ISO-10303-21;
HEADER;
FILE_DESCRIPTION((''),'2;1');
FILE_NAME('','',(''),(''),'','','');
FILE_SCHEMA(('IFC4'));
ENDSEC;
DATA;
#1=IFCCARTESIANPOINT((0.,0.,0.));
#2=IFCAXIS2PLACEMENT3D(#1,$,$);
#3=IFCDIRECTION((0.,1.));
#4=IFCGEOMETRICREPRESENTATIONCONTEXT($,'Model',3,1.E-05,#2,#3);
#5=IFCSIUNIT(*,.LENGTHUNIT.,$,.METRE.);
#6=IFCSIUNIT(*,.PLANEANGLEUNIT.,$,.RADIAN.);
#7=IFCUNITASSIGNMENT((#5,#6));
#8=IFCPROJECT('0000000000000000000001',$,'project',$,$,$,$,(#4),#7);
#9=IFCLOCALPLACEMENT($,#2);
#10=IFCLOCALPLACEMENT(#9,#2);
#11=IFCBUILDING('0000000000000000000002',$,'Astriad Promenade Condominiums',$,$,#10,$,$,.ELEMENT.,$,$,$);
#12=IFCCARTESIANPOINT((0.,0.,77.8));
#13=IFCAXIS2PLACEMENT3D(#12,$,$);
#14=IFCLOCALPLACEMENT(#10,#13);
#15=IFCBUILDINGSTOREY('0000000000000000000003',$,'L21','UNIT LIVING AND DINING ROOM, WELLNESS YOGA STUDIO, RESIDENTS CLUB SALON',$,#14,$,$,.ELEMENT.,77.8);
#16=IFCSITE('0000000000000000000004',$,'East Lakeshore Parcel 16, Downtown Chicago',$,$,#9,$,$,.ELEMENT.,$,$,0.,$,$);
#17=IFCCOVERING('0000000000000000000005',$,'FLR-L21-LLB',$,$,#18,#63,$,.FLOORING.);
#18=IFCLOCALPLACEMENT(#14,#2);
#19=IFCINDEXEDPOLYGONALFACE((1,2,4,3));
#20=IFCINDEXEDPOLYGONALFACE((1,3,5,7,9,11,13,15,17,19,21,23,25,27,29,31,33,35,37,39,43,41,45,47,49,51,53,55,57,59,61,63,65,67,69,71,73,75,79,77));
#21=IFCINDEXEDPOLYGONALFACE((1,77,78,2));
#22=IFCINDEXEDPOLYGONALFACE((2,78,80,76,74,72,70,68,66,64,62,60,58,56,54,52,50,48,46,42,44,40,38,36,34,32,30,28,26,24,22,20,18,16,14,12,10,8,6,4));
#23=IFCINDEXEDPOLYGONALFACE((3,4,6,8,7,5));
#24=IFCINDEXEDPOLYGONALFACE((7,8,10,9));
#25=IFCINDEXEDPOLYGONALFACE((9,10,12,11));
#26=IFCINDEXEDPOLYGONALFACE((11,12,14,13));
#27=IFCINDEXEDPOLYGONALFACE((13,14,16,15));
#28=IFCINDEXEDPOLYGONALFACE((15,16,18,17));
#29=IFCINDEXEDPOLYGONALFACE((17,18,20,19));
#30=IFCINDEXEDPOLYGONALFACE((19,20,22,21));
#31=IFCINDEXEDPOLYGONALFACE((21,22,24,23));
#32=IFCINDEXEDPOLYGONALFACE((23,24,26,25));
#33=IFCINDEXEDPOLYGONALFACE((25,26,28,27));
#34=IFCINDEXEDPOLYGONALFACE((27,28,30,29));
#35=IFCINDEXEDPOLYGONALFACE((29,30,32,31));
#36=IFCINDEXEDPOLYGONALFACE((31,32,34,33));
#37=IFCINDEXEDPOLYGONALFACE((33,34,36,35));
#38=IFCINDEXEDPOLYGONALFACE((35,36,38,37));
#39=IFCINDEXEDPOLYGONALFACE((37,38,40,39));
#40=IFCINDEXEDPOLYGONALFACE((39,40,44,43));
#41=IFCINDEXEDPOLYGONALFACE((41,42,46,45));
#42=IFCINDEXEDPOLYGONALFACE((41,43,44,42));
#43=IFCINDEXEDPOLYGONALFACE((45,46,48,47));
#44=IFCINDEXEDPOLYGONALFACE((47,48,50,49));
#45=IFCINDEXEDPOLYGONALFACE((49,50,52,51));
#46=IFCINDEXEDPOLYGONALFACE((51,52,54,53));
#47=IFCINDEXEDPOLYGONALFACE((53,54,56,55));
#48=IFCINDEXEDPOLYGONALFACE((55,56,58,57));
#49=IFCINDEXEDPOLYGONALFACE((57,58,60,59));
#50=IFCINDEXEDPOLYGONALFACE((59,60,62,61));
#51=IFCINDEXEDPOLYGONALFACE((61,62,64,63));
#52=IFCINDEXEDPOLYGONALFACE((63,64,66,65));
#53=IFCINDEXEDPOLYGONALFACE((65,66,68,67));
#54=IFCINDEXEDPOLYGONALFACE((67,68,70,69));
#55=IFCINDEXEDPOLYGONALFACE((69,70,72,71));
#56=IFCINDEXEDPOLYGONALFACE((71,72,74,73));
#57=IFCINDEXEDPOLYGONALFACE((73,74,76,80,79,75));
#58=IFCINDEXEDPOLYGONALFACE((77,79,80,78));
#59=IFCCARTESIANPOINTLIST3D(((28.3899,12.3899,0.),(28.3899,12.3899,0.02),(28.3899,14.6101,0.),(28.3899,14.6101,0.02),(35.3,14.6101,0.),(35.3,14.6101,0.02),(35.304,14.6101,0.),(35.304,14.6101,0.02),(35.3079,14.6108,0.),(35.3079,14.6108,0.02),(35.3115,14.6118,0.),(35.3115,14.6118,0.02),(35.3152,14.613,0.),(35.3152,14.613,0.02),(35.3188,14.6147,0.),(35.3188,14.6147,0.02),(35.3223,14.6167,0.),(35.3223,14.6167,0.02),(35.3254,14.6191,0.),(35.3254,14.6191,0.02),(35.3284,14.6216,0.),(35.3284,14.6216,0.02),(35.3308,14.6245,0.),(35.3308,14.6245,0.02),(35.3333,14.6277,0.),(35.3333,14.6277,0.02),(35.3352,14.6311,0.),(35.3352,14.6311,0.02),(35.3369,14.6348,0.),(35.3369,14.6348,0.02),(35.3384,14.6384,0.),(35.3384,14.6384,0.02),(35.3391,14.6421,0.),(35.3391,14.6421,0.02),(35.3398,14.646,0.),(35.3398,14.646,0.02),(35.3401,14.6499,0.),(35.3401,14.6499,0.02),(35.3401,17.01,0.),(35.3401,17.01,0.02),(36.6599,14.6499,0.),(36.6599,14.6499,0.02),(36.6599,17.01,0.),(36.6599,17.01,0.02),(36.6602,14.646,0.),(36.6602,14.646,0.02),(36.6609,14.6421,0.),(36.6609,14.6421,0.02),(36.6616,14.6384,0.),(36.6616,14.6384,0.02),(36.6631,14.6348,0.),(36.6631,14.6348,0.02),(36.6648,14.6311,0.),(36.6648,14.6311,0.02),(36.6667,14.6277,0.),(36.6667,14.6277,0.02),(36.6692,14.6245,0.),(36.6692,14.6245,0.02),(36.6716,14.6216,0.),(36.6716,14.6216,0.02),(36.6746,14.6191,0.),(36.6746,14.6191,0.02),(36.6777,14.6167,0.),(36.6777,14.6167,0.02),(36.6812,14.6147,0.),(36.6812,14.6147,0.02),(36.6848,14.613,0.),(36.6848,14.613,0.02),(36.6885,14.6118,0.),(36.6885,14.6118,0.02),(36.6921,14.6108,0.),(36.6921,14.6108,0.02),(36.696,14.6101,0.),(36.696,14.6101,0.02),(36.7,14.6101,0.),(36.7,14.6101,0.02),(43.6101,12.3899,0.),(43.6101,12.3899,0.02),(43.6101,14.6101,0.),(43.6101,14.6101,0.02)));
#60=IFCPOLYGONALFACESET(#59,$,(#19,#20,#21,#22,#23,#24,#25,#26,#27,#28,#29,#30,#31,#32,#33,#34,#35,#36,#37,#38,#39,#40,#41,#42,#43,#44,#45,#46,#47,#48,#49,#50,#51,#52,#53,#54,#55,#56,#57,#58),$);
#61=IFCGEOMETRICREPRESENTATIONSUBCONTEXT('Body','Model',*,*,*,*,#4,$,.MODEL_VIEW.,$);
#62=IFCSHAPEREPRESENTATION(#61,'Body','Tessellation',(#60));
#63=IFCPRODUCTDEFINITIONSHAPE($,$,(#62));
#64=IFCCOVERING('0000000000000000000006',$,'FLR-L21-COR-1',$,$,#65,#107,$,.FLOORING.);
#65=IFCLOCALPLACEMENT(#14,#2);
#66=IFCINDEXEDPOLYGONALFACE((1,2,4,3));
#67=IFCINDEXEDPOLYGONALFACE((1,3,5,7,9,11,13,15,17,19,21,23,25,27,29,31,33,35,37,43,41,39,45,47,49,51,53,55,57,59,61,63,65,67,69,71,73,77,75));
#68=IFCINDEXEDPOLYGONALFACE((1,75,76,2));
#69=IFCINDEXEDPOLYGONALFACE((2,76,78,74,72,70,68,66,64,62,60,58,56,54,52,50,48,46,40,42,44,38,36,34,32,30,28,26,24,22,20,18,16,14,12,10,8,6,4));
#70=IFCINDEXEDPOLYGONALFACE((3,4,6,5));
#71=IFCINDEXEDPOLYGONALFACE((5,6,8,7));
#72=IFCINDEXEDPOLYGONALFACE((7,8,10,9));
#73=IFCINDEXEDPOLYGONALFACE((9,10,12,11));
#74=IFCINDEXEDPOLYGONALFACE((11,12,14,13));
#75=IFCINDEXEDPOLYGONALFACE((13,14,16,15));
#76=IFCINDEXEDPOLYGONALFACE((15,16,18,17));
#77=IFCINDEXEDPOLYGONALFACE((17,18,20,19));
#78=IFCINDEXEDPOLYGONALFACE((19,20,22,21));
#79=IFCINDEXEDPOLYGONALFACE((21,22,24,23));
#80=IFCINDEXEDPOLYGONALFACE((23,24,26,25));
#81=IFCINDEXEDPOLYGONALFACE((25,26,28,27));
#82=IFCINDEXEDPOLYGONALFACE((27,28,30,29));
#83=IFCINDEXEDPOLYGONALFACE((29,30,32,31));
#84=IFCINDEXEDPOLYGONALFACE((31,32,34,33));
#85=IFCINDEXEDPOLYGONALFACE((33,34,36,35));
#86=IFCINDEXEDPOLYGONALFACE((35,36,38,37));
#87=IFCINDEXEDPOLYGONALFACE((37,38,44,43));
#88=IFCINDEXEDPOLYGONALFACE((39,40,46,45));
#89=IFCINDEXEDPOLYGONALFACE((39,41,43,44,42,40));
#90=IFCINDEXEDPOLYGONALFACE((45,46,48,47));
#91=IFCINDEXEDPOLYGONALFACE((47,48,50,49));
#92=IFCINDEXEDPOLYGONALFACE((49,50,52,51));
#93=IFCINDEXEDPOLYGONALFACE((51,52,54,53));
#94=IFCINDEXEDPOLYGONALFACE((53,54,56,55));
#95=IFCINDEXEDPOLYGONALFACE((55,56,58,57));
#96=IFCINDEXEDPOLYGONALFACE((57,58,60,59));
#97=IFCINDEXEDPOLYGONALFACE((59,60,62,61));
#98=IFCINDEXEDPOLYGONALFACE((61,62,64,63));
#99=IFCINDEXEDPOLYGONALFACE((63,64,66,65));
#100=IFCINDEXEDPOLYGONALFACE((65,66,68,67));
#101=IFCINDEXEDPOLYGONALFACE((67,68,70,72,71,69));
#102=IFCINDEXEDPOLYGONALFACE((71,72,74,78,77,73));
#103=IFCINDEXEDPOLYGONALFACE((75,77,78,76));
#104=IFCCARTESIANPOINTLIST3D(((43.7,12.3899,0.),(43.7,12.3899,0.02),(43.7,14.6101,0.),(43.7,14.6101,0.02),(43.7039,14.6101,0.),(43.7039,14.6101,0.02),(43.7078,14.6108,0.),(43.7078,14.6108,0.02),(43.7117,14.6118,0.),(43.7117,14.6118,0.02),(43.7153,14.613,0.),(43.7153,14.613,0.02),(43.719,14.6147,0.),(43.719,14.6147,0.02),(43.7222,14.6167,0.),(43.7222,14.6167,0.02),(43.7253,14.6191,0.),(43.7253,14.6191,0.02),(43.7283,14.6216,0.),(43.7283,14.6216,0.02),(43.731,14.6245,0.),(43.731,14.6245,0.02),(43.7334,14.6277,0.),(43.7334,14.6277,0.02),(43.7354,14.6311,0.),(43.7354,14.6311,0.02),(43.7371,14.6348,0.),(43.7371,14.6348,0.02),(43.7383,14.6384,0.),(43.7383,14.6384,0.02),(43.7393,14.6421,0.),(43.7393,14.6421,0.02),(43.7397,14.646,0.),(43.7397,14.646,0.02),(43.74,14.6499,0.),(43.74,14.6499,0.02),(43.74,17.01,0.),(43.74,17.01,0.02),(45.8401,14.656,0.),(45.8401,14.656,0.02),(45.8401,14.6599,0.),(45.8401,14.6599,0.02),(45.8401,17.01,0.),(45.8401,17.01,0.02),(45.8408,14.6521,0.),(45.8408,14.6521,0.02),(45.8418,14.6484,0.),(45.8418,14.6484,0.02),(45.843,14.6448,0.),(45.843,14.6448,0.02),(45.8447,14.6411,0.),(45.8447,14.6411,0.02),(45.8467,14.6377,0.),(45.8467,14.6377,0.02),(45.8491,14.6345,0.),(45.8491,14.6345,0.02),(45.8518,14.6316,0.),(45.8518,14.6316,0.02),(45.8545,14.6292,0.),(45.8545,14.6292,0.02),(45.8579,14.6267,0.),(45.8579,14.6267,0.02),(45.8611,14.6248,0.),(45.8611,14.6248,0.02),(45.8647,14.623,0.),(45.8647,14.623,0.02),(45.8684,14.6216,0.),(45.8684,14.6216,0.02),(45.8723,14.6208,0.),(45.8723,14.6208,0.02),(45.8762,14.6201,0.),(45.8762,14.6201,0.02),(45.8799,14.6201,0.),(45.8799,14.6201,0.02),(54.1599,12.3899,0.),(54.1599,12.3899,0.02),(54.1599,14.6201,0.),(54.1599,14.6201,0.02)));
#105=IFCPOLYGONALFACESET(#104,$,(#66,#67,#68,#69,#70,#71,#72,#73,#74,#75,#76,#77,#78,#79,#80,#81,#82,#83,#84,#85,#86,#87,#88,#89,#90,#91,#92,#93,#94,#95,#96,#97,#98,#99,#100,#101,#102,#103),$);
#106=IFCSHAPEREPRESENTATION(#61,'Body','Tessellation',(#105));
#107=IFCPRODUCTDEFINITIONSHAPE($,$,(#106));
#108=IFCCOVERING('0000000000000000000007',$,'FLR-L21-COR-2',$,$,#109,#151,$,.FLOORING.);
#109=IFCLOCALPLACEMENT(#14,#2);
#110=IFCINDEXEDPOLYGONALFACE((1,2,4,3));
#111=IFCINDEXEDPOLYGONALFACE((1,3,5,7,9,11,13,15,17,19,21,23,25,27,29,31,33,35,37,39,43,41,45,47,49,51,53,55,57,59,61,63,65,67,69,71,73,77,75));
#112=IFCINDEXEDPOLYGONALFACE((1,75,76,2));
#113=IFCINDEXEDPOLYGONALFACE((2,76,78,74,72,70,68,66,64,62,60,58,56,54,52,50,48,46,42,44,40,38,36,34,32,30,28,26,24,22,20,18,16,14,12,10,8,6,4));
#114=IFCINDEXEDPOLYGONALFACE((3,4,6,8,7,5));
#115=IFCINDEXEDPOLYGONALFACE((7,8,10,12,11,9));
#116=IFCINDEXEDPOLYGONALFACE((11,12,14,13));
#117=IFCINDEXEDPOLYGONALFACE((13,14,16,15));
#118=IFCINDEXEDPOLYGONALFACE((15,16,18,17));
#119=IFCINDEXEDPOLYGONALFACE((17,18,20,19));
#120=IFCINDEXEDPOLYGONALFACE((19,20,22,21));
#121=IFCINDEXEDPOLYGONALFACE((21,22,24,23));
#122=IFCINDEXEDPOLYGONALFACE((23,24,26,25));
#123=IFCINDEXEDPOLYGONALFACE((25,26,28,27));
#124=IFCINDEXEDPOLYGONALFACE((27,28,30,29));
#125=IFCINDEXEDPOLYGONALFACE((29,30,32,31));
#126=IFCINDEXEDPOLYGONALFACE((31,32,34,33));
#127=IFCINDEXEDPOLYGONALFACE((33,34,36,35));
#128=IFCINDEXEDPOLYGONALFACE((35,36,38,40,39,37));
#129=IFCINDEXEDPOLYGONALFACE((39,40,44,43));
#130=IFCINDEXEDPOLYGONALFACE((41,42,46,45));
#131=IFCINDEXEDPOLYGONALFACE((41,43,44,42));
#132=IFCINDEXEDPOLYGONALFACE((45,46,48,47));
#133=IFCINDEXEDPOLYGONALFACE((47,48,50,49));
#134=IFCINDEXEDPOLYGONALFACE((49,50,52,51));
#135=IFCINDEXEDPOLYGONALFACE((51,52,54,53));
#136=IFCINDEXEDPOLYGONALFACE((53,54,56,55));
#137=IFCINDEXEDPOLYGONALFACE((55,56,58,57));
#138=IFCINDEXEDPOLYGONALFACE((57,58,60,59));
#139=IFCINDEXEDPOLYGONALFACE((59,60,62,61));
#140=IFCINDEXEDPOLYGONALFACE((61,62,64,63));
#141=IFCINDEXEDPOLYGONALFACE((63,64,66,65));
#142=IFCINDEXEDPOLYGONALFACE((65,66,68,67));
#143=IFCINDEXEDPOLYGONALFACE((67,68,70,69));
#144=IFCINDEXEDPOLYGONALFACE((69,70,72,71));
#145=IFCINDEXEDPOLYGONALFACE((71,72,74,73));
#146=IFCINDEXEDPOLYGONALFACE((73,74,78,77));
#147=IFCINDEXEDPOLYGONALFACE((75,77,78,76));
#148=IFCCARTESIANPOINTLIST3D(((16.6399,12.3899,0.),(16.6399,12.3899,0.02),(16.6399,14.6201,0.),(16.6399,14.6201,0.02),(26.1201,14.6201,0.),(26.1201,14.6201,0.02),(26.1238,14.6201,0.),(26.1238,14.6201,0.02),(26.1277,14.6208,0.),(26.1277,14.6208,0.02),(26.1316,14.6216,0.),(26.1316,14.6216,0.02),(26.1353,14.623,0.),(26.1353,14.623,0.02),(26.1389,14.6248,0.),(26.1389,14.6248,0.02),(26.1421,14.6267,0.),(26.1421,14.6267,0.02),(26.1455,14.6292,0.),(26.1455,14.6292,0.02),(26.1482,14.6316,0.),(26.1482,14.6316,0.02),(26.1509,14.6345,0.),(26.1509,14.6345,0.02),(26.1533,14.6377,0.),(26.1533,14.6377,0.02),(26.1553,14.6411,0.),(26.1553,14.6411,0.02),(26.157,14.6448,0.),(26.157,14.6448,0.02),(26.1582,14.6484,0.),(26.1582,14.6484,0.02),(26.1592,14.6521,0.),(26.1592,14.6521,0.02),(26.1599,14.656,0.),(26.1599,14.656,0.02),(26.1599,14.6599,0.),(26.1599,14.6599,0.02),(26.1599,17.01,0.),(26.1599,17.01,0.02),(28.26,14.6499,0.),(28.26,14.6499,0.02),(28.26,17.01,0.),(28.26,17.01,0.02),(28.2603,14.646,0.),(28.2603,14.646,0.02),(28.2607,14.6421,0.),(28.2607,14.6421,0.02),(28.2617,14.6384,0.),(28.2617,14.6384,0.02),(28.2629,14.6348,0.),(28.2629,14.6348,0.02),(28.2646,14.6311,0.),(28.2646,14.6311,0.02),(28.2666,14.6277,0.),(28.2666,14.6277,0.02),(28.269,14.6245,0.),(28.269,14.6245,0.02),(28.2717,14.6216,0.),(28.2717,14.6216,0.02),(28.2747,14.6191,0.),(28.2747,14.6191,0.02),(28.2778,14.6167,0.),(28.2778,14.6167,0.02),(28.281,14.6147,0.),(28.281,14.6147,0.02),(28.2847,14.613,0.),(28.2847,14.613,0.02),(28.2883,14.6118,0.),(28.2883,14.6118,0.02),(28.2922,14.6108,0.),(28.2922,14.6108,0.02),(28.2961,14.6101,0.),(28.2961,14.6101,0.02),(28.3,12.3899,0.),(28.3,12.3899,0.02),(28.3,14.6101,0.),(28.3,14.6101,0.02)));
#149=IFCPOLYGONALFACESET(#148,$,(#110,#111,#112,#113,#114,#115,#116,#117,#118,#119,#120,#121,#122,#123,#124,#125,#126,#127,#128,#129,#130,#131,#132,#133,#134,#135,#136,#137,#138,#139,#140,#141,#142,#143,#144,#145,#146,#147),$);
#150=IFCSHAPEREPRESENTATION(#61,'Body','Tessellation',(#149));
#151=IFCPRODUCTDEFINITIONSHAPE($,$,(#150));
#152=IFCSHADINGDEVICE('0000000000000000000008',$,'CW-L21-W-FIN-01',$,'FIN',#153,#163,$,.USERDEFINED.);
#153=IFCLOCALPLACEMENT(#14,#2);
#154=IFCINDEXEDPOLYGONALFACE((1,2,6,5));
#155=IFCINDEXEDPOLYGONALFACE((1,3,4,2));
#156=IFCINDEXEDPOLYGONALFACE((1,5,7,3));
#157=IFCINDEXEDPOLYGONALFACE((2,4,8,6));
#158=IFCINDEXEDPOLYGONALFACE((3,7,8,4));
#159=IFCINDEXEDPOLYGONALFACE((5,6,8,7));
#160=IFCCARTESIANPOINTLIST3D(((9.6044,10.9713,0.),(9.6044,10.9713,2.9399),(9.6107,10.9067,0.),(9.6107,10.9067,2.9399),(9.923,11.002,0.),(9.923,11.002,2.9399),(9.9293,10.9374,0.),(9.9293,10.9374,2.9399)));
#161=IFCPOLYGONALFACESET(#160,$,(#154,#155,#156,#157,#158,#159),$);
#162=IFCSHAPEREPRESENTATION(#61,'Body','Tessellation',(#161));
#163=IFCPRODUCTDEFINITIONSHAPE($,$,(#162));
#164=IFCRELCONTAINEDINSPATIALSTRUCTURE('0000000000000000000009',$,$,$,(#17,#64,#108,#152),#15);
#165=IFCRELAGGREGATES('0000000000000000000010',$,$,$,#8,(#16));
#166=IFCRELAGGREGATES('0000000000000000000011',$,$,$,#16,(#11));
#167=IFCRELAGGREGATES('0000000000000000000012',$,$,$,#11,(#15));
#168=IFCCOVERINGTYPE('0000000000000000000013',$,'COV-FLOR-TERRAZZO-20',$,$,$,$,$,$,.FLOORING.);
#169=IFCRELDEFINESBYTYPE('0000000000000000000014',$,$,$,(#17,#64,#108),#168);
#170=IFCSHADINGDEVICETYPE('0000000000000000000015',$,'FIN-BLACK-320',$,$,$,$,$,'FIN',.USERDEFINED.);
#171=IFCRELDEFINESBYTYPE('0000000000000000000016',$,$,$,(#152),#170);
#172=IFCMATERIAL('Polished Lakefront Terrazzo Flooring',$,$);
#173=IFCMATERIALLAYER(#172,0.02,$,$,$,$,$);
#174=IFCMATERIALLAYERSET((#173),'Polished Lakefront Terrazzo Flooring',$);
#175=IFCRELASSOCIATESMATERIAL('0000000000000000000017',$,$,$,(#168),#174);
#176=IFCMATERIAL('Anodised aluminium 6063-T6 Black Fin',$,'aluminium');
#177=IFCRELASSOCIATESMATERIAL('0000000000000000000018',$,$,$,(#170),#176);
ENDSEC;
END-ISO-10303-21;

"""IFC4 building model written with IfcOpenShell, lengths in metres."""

from ifc_helpers import new_model, si_unit, direction, frame, origin, origin_2d, place, context, subcontext, project, spatial, polyline, rectangle, outline, extrude, source, transform, mapped, material, layer, layer_set, type_object, type_shapes, element, save


model = new_model("IFC4")

# Units and contexts
model_context = context("Model", 3, precision=1e-05, world=origin(), true_north=direction((0.0, 1.0)))
body_context = subcontext(model_context, "Body", "Model", "MODEL_VIEW")
ifc_project = project(units=[si_unit("LENGTHUNIT", "METRE"), si_unit("PLANEANGLEUNIT", "RADIAN")], contexts=[model_context])

# Site, building, storey
site_placement = place(None, origin())
site = spatial("IfcSite", under=ifc_project, at=site_placement, Name="East Lakeshore Parcel 16, Downtown Chicago", CompositionType="ELEMENT", RefElevation=0.0)
building_placement = place(site_placement, origin())
building = spatial("IfcBuilding", under=site, at=building_placement, Name="Astriad Promenade Condominiums", CompositionType="ELEMENT")
storey_placement = place(building_placement, frame((0.0, 0.0, 77.8)))
storey = spatial("IfcBuildingStorey", under=building, at=storey_placement, Name="L21", Description="UNIT LIVING AND DINING ROOM, WELLNESS YOGA STUDIO, RESIDENTS CLUB SALON", CompositionType="ELEMENT", Elevation=77.8)

# Coverings
ifc_material_1 = material(Name="Polished Lakefront Terrazzo Flooring")
ifc_layer_1 = layer(ifc_material_1, 0.02)
ifc_layer_set_1 = layer_set([ifc_layer_1], Name="Polished Lakefront Terrazzo Flooring")
covering_type = type_object("IfcCoveringType", Name="COV-FLOR-TERRAZZO-20", PredefinedType="FLOORING", material=ifc_layer_set_1)
covering_1_placement = place(storey_placement, origin())
element("IfcCovering", 1, at=covering_1_placement, inside=storey, type_object=covering_type, Name="FLR-L21-LLB", PredefinedType="FLOORING", context=body_context, shape_type="SweptSolid", body=[
    extrude(outline(polyline([(43.6101, 14.6101), (43.6101, 12.3899), (28.3899, 12.3899), (28.3899, 14.6101), (35.3, 14.6101), (35.304, 14.6101), (35.3079, 14.6108), (35.3115, 14.6118), (35.3152, 14.613), (35.3188, 14.6147), (35.3223, 14.6167), (35.3254, 14.6191), (35.3284, 14.6216), (35.3308, 14.6245), (35.3333, 14.6277), (35.3352, 14.6311), (35.3369, 14.6348), (35.3384, 14.6384), (35.3391, 14.6421), (35.3398, 14.646), (35.3401, 14.6499), (35.3401, 17.01), (36.6599, 17.01), (36.6599, 14.6499), (36.6602, 14.646), (36.6609, 14.6421), (36.6616, 14.6384), (36.6631, 14.6348), (36.6648, 14.6311), (36.6667, 14.6277), (36.6692, 14.6245), (36.6716, 14.6216), (36.6746, 14.6191), (36.6777, 14.6167), (36.6812, 14.6147), (36.6848, 14.613), (36.6885, 14.6118), (36.6921, 14.6108), (36.696, 14.6101), (36.7, 14.6101), (43.6101, 14.6101)])), origin(), (0.0, 0.0, 1.0), 0.02),
])
covering_2_placement = place(storey_placement, origin())
element("IfcCovering", 2, at=covering_2_placement, inside=storey, type_object=covering_type, Name="FLR-L21-COR-1", PredefinedType="FLOORING", context=body_context, shape_type="SweptSolid", body=[
    extrude(outline(polyline([(43.7, 12.3899), (43.7, 14.6101), (43.7039, 14.6101), (43.7078, 14.6108), (43.7117, 14.6118), (43.7153, 14.613), (43.719, 14.6147), (43.7222, 14.6167), (43.7253, 14.6191), (43.7283, 14.6216), (43.731, 14.6245), (43.7334, 14.6277), (43.7354, 14.6311), (43.7371, 14.6348), (43.7383, 14.6384), (43.7393, 14.6421), (43.7397, 14.646), (43.74, 14.6499), (43.74, 17.01), (45.8401, 17.01), (45.8401, 14.6599), (45.8401, 14.656), (45.8408, 14.6521), (45.8418, 14.6484), (45.843, 14.6448), (45.8447, 14.6411), (45.8467, 14.6377), (45.8491, 14.6345), (45.8518, 14.6316), (45.8545, 14.6292), (45.8579, 14.6267), (45.8611, 14.6248), (45.8647, 14.623), (45.8684, 14.6216), (45.8723, 14.6208), (45.8762, 14.6201), (45.8799, 14.6201), (54.1599, 14.6201), (54.1599, 12.3899), (43.7, 12.3899)])), origin(), (0.0, 0.0, 1.0), 0.02),
])
covering_3_placement = place(storey_placement, origin())
element("IfcCovering", 3, at=covering_3_placement, inside=storey, type_object=covering_type, Name="FLR-L21-COR-2", PredefinedType="FLOORING", context=body_context, shape_type="SweptSolid", body=[
    extrude(outline(polyline([(28.3, 12.3899), (16.6399, 12.3899), (16.6399, 14.6201), (26.1201, 14.6201), (26.1238, 14.6201), (26.1277, 14.6208), (26.1316, 14.6216), (26.1353, 14.623), (26.1389, 14.6248), (26.1421, 14.6267), (26.1455, 14.6292), (26.1482, 14.6316), (26.1509, 14.6345), (26.1533, 14.6377), (26.1553, 14.6411), (26.157, 14.6448), (26.1582, 14.6484), (26.1592, 14.6521), (26.1599, 14.656), (26.1599, 14.6599), (26.1599, 17.01), (28.26, 17.01), (28.26, 14.6499), (28.2603, 14.646), (28.2607, 14.6421), (28.2617, 14.6384), (28.2629, 14.6348), (28.2646, 14.6311), (28.2666, 14.6277), (28.269, 14.6245), (28.2717, 14.6216), (28.2747, 14.6191), (28.2778, 14.6167), (28.281, 14.6147), (28.2847, 14.613), (28.2883, 14.6118), (28.2922, 14.6108), (28.2961, 14.6101), (28.3, 14.6101), (28.3, 12.3899)])), origin(), (0.0, 0.0, 1.0), 0.02),
])

# Shading device
ifc_material_2 = material(Name="Anodised aluminium 6063-T6 Black Fin", Category="aluminium")
shading_device_type = type_object("IfcShadingDeviceType", Name="FIN-BLACK-320", ElementType="FIN", PredefinedType="USERDEFINED", material=ifc_material_2)
shared_shape_1 = source(origin(), body_context, "Body", "SweptSolid", [
    extrude(rectangle(XDim=0.0649, YDim=0.3201, at=origin_2d()), origin(), (0.0, 0.0, 1.0), 2.9399),
])
type_shapes(shading_device_type, [shared_shape_1])
shading_device_placement = place(storey_placement, frame((9.7668, 10.9543, 0.0), z_axis=(0.0, 0.0, 1.0), x_axis=(-0.095846, 0.995396, 0.0)))
element("IfcShadingDevice", 4, at=shading_device_placement, inside=storey, type_object=shading_device_type, Name="CW-L21-W-FIN-01", ObjectType="FIN", PredefinedType="USERDEFINED", context=body_context, shape_type="MappedRepresentation", body=[
    mapped(shared_shape_1, transform((0.0, 0.0, 0.0), scale=1.0)),
])

save(model, "model.ifc")
